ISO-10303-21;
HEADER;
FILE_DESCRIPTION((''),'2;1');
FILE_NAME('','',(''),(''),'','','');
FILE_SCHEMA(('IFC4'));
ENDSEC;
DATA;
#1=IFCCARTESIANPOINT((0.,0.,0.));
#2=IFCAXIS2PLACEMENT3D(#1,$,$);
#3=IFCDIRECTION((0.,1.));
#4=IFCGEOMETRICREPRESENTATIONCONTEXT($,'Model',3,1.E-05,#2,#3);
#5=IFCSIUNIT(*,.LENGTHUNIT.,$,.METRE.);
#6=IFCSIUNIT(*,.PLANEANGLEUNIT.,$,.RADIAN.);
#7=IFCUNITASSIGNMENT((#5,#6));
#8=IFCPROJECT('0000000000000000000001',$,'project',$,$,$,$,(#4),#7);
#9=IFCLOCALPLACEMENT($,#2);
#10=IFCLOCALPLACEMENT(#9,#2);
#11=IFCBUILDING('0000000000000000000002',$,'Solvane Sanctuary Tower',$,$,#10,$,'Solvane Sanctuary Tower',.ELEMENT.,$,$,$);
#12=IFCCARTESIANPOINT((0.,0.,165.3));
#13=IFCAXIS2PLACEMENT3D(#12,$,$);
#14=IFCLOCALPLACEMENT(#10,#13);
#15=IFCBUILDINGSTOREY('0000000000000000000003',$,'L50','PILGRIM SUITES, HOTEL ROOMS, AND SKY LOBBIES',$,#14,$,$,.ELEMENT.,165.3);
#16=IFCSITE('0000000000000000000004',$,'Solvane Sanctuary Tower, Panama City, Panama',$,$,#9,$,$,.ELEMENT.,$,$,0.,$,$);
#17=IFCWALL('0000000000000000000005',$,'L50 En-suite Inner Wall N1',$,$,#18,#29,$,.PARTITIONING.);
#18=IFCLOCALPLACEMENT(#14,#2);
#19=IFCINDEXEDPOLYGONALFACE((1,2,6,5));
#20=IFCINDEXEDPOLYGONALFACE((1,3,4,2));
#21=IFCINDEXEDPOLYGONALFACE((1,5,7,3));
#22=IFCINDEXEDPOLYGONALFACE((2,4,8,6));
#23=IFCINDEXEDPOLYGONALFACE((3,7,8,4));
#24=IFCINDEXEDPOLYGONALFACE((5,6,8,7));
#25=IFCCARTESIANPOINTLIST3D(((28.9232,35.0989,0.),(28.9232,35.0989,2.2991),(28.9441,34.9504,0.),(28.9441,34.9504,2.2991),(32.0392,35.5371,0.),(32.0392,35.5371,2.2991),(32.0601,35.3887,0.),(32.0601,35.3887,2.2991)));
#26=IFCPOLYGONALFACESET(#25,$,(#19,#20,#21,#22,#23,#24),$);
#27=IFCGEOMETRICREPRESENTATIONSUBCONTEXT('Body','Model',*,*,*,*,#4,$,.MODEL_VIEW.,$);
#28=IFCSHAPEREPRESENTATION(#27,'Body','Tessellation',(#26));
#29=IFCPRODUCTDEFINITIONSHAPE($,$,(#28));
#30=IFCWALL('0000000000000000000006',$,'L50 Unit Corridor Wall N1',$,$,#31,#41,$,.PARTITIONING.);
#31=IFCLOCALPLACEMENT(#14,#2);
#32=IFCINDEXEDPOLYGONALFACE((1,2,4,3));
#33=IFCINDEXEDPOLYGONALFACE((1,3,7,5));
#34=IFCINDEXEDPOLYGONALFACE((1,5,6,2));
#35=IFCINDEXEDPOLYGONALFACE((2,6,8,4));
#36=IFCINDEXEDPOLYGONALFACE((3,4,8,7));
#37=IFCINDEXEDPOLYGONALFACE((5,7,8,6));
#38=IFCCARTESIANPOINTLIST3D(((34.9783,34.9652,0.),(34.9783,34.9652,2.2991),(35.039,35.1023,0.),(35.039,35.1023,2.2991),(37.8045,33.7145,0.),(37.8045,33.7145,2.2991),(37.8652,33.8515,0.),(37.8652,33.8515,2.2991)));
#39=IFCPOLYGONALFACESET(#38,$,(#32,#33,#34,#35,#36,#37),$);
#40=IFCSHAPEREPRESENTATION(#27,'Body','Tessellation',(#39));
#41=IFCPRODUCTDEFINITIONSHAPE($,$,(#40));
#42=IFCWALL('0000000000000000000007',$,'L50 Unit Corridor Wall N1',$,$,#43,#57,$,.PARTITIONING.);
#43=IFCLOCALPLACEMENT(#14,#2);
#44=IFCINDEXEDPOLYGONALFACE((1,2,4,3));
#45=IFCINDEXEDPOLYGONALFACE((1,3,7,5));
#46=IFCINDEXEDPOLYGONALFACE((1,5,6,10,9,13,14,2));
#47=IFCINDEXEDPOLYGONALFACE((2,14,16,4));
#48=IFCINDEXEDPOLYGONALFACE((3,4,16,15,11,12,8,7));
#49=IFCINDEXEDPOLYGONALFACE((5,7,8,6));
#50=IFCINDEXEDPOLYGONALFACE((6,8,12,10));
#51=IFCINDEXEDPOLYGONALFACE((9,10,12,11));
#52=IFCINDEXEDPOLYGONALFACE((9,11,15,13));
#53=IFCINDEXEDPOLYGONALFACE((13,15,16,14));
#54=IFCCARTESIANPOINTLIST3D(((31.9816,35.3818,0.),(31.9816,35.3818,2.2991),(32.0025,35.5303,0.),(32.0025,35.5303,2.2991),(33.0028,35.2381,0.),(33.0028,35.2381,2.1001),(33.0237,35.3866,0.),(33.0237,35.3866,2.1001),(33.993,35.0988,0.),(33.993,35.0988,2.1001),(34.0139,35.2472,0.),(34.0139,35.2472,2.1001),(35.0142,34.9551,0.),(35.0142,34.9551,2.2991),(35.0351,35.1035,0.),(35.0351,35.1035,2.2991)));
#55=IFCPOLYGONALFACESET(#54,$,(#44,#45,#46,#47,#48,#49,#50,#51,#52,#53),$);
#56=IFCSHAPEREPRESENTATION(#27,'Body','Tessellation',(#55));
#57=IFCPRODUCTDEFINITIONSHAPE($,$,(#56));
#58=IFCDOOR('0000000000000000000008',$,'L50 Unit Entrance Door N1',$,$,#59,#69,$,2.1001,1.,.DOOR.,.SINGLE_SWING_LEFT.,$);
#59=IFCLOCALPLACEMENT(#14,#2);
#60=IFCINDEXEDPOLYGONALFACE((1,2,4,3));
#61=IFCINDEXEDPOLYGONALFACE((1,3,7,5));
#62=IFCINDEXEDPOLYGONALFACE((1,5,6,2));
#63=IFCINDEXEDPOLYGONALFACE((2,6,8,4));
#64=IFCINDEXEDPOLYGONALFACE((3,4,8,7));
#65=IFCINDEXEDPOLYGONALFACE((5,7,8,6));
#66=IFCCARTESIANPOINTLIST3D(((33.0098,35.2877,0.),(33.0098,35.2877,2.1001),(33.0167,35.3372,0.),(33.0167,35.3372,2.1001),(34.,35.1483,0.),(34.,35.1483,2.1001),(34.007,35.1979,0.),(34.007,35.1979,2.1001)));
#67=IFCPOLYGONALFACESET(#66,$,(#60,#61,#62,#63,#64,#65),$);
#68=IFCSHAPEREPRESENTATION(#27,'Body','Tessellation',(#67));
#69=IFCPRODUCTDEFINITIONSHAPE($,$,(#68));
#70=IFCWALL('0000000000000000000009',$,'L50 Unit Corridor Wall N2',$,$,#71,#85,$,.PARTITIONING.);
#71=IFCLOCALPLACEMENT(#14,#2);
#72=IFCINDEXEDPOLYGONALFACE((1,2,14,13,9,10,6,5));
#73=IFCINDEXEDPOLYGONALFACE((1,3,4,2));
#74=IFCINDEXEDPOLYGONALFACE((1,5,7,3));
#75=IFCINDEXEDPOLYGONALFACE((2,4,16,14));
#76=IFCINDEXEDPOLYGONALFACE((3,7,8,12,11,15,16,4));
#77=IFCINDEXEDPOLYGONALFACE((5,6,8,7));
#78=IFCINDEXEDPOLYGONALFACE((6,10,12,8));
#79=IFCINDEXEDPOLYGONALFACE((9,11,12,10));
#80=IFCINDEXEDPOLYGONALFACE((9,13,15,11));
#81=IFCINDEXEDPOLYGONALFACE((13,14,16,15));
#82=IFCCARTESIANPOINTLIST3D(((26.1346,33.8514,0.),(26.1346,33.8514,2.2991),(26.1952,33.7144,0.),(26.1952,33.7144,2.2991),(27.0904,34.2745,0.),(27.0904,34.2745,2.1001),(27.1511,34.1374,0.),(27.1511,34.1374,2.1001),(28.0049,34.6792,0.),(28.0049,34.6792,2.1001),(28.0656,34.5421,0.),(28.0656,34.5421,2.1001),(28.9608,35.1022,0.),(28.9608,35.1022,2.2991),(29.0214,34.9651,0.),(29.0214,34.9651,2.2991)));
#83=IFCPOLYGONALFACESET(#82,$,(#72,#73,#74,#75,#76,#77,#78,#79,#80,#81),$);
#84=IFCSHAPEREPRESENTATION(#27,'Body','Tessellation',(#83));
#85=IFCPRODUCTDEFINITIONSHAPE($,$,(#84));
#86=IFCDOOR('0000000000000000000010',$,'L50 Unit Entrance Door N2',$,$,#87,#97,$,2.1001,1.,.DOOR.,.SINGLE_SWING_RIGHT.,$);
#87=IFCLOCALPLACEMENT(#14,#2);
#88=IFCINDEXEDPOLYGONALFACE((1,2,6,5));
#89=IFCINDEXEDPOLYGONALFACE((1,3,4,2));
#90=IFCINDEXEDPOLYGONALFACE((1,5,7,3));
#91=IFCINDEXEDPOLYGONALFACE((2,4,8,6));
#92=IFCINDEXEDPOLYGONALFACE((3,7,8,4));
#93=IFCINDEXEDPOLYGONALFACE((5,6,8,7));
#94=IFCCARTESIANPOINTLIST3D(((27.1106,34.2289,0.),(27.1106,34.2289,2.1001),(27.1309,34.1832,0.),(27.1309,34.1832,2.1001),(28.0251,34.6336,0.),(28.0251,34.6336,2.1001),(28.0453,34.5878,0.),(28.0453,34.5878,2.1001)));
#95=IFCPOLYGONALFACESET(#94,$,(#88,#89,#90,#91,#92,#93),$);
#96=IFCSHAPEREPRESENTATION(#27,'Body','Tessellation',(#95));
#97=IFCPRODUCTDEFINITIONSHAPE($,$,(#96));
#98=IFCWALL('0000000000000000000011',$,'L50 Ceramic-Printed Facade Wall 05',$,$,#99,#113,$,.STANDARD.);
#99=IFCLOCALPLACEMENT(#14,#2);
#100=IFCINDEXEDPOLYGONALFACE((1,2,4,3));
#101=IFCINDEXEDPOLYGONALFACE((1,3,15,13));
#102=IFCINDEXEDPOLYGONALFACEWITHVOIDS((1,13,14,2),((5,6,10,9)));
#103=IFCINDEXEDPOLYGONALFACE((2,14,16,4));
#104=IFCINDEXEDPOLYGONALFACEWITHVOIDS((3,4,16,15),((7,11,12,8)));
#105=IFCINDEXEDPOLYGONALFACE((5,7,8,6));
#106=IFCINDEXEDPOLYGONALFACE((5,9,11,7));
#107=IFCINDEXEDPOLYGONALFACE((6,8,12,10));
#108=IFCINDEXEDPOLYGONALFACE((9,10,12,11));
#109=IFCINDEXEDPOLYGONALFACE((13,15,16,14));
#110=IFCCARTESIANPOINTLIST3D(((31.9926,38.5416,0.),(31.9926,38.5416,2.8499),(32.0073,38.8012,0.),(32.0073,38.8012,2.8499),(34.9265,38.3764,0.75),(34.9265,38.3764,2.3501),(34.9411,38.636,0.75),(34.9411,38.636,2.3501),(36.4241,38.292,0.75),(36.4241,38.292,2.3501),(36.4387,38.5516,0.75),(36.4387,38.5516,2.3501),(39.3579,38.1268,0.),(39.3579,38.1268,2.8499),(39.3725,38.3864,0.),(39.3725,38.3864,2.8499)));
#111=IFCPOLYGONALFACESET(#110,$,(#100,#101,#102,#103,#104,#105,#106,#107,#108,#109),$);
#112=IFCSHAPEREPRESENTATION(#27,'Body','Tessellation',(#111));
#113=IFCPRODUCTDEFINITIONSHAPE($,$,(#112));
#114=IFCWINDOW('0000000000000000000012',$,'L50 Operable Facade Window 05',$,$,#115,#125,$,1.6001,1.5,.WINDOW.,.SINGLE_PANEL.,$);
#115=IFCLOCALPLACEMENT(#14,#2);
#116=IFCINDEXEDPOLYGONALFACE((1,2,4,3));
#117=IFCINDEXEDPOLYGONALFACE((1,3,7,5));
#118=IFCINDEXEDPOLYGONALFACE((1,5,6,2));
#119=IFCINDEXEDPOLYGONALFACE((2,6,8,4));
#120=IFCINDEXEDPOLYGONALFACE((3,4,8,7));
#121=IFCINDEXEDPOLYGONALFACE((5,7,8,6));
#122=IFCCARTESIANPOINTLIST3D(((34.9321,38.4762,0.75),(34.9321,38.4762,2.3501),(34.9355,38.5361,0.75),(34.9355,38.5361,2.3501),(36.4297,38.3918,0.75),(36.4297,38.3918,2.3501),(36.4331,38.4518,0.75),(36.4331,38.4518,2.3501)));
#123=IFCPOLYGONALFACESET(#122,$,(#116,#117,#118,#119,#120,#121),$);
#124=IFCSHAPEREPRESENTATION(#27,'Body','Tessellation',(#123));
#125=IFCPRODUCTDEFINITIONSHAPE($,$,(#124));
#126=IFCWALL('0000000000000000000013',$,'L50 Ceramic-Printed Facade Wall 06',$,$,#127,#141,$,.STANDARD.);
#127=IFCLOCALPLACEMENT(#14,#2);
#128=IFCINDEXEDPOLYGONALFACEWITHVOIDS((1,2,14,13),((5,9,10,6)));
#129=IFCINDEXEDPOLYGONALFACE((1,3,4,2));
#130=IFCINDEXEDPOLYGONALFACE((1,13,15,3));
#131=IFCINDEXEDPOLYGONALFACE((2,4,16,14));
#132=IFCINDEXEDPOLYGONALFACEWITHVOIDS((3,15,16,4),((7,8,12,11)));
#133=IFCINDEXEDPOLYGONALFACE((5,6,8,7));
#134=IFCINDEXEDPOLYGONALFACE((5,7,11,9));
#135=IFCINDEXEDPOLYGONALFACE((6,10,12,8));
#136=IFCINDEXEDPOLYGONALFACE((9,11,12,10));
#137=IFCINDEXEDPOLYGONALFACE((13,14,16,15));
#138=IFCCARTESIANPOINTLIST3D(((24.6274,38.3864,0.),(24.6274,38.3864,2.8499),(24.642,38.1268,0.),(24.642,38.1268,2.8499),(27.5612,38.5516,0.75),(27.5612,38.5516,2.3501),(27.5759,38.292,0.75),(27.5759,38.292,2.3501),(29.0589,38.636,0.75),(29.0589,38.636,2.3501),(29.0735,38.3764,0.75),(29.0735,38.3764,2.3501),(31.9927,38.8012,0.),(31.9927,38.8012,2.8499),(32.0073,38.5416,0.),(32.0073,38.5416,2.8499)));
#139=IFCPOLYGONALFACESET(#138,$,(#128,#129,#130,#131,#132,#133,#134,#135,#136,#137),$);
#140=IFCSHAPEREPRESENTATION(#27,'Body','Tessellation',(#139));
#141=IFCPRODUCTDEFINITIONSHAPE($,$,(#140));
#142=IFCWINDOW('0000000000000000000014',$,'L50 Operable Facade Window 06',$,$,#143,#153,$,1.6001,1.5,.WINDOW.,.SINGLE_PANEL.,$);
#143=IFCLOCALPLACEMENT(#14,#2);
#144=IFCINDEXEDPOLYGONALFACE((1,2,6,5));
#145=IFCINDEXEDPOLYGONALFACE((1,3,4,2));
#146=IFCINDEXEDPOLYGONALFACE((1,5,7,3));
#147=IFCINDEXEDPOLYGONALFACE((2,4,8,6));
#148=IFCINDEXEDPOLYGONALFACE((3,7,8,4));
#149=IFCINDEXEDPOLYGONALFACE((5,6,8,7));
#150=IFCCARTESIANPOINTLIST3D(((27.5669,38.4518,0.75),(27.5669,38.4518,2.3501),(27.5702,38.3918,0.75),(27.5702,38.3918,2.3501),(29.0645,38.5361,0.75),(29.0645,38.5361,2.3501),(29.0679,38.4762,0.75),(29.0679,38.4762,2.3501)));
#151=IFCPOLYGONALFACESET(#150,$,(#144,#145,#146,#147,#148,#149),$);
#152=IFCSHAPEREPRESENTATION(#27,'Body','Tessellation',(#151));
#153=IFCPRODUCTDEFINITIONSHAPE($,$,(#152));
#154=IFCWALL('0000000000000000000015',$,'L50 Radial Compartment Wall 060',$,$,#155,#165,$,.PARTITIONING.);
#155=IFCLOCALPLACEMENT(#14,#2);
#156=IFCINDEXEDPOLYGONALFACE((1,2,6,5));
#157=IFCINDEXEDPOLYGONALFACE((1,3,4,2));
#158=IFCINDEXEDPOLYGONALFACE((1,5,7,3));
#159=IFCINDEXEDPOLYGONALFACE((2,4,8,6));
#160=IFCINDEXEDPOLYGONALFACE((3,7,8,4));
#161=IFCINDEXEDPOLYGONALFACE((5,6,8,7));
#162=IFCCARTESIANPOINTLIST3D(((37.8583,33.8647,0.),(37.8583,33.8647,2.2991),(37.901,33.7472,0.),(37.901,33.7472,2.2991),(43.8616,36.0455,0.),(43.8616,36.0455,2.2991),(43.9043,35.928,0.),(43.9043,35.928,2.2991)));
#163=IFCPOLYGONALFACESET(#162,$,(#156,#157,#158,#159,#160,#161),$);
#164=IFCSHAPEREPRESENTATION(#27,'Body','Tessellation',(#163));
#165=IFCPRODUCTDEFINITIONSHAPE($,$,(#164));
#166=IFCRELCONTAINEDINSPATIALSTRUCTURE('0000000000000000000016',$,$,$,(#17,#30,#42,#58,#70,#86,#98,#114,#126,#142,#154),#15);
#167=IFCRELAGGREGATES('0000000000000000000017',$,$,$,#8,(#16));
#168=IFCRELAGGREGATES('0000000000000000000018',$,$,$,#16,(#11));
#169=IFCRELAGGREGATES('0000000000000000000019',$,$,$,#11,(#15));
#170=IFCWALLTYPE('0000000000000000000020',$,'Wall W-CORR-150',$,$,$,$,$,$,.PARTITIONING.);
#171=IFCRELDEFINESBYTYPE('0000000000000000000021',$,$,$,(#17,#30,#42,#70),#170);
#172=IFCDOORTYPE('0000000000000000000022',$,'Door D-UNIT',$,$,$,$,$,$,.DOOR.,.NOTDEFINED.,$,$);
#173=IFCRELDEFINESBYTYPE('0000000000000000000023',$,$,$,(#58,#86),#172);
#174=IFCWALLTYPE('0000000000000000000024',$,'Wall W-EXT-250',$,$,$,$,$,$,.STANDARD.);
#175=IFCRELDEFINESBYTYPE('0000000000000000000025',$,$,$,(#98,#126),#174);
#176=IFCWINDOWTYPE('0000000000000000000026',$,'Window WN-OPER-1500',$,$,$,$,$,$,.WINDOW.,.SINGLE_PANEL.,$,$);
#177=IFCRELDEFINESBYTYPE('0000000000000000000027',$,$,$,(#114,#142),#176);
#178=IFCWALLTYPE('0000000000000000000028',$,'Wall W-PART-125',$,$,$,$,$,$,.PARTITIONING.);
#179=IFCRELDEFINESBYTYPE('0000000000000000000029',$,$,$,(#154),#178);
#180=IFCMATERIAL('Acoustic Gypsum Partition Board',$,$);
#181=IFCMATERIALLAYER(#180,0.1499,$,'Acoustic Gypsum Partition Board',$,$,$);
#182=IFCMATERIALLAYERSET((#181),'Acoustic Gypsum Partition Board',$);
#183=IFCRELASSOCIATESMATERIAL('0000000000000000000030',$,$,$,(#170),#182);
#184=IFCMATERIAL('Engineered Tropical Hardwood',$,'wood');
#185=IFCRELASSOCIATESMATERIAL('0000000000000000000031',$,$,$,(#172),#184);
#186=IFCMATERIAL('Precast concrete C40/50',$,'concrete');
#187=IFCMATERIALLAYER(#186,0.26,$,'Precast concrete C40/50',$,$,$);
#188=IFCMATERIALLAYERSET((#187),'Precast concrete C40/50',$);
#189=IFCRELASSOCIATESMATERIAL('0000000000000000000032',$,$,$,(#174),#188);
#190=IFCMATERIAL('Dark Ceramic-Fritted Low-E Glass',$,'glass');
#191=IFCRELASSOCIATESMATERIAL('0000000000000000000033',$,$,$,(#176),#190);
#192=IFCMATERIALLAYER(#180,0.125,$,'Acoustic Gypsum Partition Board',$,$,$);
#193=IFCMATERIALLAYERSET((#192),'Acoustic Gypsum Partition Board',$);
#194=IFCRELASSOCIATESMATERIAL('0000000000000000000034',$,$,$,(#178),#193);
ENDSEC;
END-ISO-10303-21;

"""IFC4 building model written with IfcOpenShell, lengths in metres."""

from ifc_helpers import new_model, si_unit, direction, frame, frame_2d, origin, place, context, subcontext, project, spatial, rectangle, extrude, material, layer, layer_set, type_object, element, fill, save


model = new_model("IFC4")

# Units and contexts
model_context = context("Model", 3, precision=1e-05, world=origin(), true_north=direction((0.0, 1.0)))
body_context = subcontext(model_context, "Body", "Model", "MODEL_VIEW")
ifc_project = project(units=[si_unit("LENGTHUNIT", "METRE"), si_unit("PLANEANGLEUNIT", "RADIAN")], contexts=[model_context])

# Site, building, storey
site_placement = place(None, origin())
site = spatial("IfcSite", under=ifc_project, at=site_placement, Name="Solvane Sanctuary Tower, Panama City, Panama", CompositionType="ELEMENT", RefElevation=0.0)
building_placement = place(site_placement, origin())
building = spatial("IfcBuilding", under=site, at=building_placement, Name="Solvane Sanctuary Tower", LongName="Solvane Sanctuary Tower", CompositionType="ELEMENT")
storey_placement = place(building_placement, frame((0.0, 0.0, 165.3)))
storey = spatial("IfcBuildingStorey", under=building, at=storey_placement, Name="L50", Description="PILGRIM SUITES, HOTEL ROOMS, AND SKY LOBBIES", CompositionType="ELEMENT", Elevation=165.3)

# Shared definitions
ifc_material_1 = material(Name="Acoustic Gypsum Partition Board")
ifc_layer_1 = layer(ifc_material_1, 0.1499, Name="Acoustic Gypsum Partition Board")
ifc_layer_set_1 = layer_set([ifc_layer_1], Name="Acoustic Gypsum Partition Board")
wall_type_1 = type_object("IfcWallType", Name="Wall W-CORR-150", PredefinedType="PARTITIONING", material=ifc_layer_set_1)

# Shared definitions
ifc_material_2 = material(Name="Engineered Tropical Hardwood", Category="wood")

# Walls
wall_1_placement = place(storey_placement, frame((32.0496, 35.4629, 0.0), z_axis=(0.0, 0.0, 1.0), x_axis=(-0.990254, -0.13927, 0.0)))
element("IfcWall", 1, at=wall_1_placement, inside=storey, type_object=wall_type_1, Name="L50 En-suite Inner Wall N1", PredefinedType="PARTITIONING", context=body_context, shape_type="SweptSolid", body=[
    extrude(rectangle(XDim=3.1467, YDim=0.1499, at=frame_2d((1.5732, 0.0))), origin(), (0.0, 0.0, 1.0), 2.2991),
])
wall_2_placement = place(storey_placement, frame((37.835, 33.783, 0.0), z_axis=(0.0, 0.0, 1.0), x_axis=(-0.914452, 0.404694, 0.0)))
element("IfcWall", 2, at=wall_2_placement, inside=storey, type_object=wall_type_1, Name="L50 Unit Corridor Wall N1", PredefinedType="PARTITIONING", context=body_context, shape_type="SweptSolid", body=[
    extrude(rectangle(XDim=3.0906, YDim=0.1499, at=frame_2d((1.5454, 0.0))), origin(), (0.0, 0.0, 1.0), 2.2991),
])

# Walls, openings, doors
wall_3_placement = place(storey_placement, frame((35.0247, 35.0293, 0.0), z_axis=(0.0, 0.0, 1.0), x_axis=(-0.990244, 0.139345, 0.0)))
wall_3 = element("IfcWall", 3, at=wall_3_placement, inside=storey, type_object=wall_type_1, Name="L50 Unit Corridor Wall N1", PredefinedType="PARTITIONING", context=body_context, shape_type="SweptSolid", body=[
    extrude(rectangle(XDim=3.0625, YDim=0.1499, at=frame_2d((1.5312, 0.0))), origin(), (0.0, 0.0, 1.0), 2.2991),
])
opening_1_placement = place(wall_3_placement, frame((1.0312, 0.0, 0.0)))
opening_1 = element("IfcOpeningElement", 4, at=opening_1_placement, cuts=wall_3, PredefinedType="OPENING", context=body_context, shape_type="SweptSolid", body=[
    extrude(rectangle(XDim=1.0, YDim=2.1001, at=frame_2d((0.5, 1.05))), frame((0.0, 0.085, 0.0), z_axis=(0.0, -1.0, 0.0), x_axis=(1.0, 0.0, 0.0)), (0.0, 0.0, 1.0), 0.1699),
])
door_type_1 = type_object("IfcDoorType", Name="Door D-UNIT", OperationType="NOTDEFINED", PredefinedType="DOOR", material=ifc_material_2)
door_1_placement = place(opening_1_placement, origin())
door_1 = element("IfcDoor", 5, at=door_1_placement, inside=storey, type_object=door_type_1, Name="L50 Unit Entrance Door N1", OperationType="SINGLE_SWING_LEFT", OverallHeight=2.1001, OverallWidth=1.0, PredefinedType="DOOR", context=body_context, shape_type="SweptSolid", body=[
    extrude(rectangle(XDim=1.0, YDim=2.1001, at=frame_2d((0.5, 1.05))), frame((0.0, 0.0249, 0.0), z_axis=(0.0, -1.0, 0.0), x_axis=(1.0, 0.0, 0.0)), (0.0, 0.0, 1.0), 0.05),
])
fill(opening_1, door_1)
wall_4_placement = place(storey_placement, frame((28.9912, 35.0337, 0.0), z_axis=(0.0, 0.0, 1.0), x_axis=(-0.914452, -0.404694, 0.0)))
wall_4 = element("IfcWall", 6, at=wall_4_placement, inside=storey, type_object=wall_type_1, Name="L50 Unit Corridor Wall N2", PredefinedType="PARTITIONING", context=body_context, shape_type="SweptSolid", body=[
    extrude(rectangle(XDim=3.0906, YDim=0.1499, at=frame_2d((1.5454, 0.0))), origin(), (0.0, 0.0, 1.0), 2.2991),
])
opening_2_placement = place(wall_4_placement, frame((1.0454, 0.0, 0.0)))
opening_2 = element("IfcOpeningElement", 7, at=opening_2_placement, cuts=wall_4, PredefinedType="OPENING", context=body_context, shape_type="SweptSolid", body=[
    extrude(rectangle(XDim=1.0, YDim=2.1001, at=frame_2d((0.5, 1.05))), frame((0.0, 0.085, 0.0), z_axis=(0.0, -1.0, 0.0), x_axis=(1.0, 0.0, 0.0)), (0.0, 0.0, 1.0), 0.1699),
])
door_2_placement = place(opening_2_placement, origin())
door_2 = element("IfcDoor", 8, at=door_2_placement, inside=storey, type_object=door_type_1, Name="L50 Unit Entrance Door N2", OperationType="SINGLE_SWING_RIGHT", OverallHeight=2.1001, OverallWidth=1.0, PredefinedType="DOOR", context=body_context, shape_type="SweptSolid", body=[
    extrude(rectangle(XDim=1.0, YDim=2.1001, at=frame_2d((0.5, 1.05))), frame((0.0, 0.0249, 0.0), z_axis=(0.0, -1.0, 0.0), x_axis=(1.0, 0.0, 0.0)), (0.0, 0.0, 1.0), 0.05),
])
fill(opening_2, door_2)

# Walls, openings, windows
ifc_material_3 = material(Name="Precast concrete C40/50", Category="concrete")
ifc_layer_2 = layer(ifc_material_3, 0.26, Name="Precast concrete C40/50")
ifc_layer_set_2 = layer_set([ifc_layer_2], Name="Precast concrete C40/50")
wall_type_2 = type_object("IfcWallType", Name="Wall W-EXT-250", PredefinedType="STANDARD", material=ifc_layer_set_2)
wall_5_placement = place(storey_placement, frame((39.3652, 38.2566, 0.0), z_axis=(0.0, 0.0, 1.0), x_axis=(-0.998418, 0.056229, 0.0)))
wall_5 = element("IfcWall", 9, at=wall_5_placement, inside=storey, type_object=wall_type_2, Name="L50 Ceramic-Printed Facade Wall 05", PredefinedType="STANDARD", context=body_context, shape_type="SweptSolid", body=[
    extrude(rectangle(XDim=7.377, YDim=0.26, at=frame_2d((3.6885, 0.0))), origin(), (0.0, 0.0, 1.0), 2.8499),
])
opening_3_placement = place(wall_5_placement, frame((2.9385, 0.0, 0.75)))
opening_3 = element("IfcOpeningElement", 10, at=opening_3_placement, cuts=wall_5, PredefinedType="OPENING", context=body_context, shape_type="SweptSolid", body=[
    extrude(rectangle(XDim=1.5, YDim=1.6001, at=frame_2d((0.75, 0.8))), frame((0.0, 0.1399, 0.0), z_axis=(0.0, -1.0, 0.0), x_axis=(1.0, 0.0, 0.0)), (0.0, 0.0, 1.0), 0.28),
])
ifc_material_4 = material(Name="Dark Ceramic-Fritted Low-E Glass", Category="glass")
window_type = type_object("IfcWindowType", Name="Window WN-OPER-1500", PartitioningType="SINGLE_PANEL", PredefinedType="WINDOW", material=ifc_material_4)
window_1_placement = place(opening_3_placement, origin())
window_1 = element("IfcWindow", 11, at=window_1_placement, inside=storey, type_object=window_type, Name="L50 Operable Facade Window 05", OverallHeight=1.6001, OverallWidth=1.5, PartitioningType="SINGLE_PANEL", PredefinedType="WINDOW", context=body_context, shape_type="SweptSolid", body=[
    extrude(rectangle(XDim=1.5, YDim=1.6001, at=frame_2d((0.75, 0.8))), frame((0.0, 0.03, 0.0), z_axis=(0.0, -1.0, 0.0), x_axis=(1.0, 0.0, 0.0)), (0.0, 0.0, 1.0), 0.0601),
])
fill(opening_3, window_1)
wall_6_placement = place(storey_placement, frame((32.0, 38.6714, 0.0), z_axis=(0.0, 0.0, 1.0), x_axis=(-0.998418, -0.056229, 0.0)))
wall_6 = element("IfcWall", 12, at=wall_6_placement, inside=storey, type_object=wall_type_2, Name="L50 Ceramic-Printed Facade Wall 06", PredefinedType="STANDARD", context=body_context, shape_type="SweptSolid", body=[
    extrude(rectangle(XDim=7.377, YDim=0.26, at=frame_2d((3.6885, 0.0))), origin(), (0.0, 0.0, 1.0), 2.8499),
])
opening_4_placement = place(wall_6_placement, frame((2.9385, 0.0, 0.75)))
opening_4 = element("IfcOpeningElement", 13, at=opening_4_placement, cuts=wall_6, PredefinedType="OPENING", context=body_context, shape_type="SweptSolid", body=[
    extrude(rectangle(XDim=1.5, YDim=1.6001, at=frame_2d((0.75, 0.8))), frame((0.0, 0.1399, 0.0), z_axis=(0.0, -1.0, 0.0), x_axis=(1.0, 0.0, 0.0)), (0.0, 0.0, 1.0), 0.28),
])
window_2_placement = place(opening_4_placement, origin())
window_2 = element("IfcWindow", 14, at=window_2_placement, inside=storey, type_object=window_type, Name="L50 Operable Facade Window 06", OverallHeight=1.6001, OverallWidth=1.5, PartitioningType="SINGLE_PANEL", PredefinedType="WINDOW", context=body_context, shape_type="SweptSolid", body=[
    extrude(rectangle(XDim=1.5, YDim=1.6001, at=frame_2d((0.75, 0.8))), frame((0.0, 0.03, 0.0), z_axis=(0.0, -1.0, 0.0), x_axis=(1.0, 0.0, 0.0)), (0.0, 0.0, 1.0), 0.0601),
])
fill(opening_4, window_2)

# Wall
ifc_layer_3 = layer(ifc_material_1, 0.125, Name="Acoustic Gypsum Partition Board")
ifc_layer_set_3 = layer_set([ifc_layer_3], Name="Acoustic Gypsum Partition Board")
wall_type_3 = type_object("IfcWallType", Name="Wall W-PART-125", PredefinedType="PARTITIONING", material=ifc_layer_set_3)
wall_7_placement = place(storey_placement, frame((37.8796, 33.8059, 0.0), z_axis=(0.0, 0.0, 1.0), x_axis=(0.939902, 0.341445, 0.0)))
element("IfcWall", 15, at=wall_7_placement, inside=storey, type_object=wall_type_3, Name="L50 Radial Compartment Wall 060", PredefinedType="PARTITIONING", context=body_context, shape_type="SweptSolid", body=[
    extrude(rectangle(XDim=6.3872, YDim=0.125, at=frame_2d((3.1936, 0.0))), origin(), (0.0, 0.0, 1.0), 2.2991),
])

save(model, "model.ifc")
